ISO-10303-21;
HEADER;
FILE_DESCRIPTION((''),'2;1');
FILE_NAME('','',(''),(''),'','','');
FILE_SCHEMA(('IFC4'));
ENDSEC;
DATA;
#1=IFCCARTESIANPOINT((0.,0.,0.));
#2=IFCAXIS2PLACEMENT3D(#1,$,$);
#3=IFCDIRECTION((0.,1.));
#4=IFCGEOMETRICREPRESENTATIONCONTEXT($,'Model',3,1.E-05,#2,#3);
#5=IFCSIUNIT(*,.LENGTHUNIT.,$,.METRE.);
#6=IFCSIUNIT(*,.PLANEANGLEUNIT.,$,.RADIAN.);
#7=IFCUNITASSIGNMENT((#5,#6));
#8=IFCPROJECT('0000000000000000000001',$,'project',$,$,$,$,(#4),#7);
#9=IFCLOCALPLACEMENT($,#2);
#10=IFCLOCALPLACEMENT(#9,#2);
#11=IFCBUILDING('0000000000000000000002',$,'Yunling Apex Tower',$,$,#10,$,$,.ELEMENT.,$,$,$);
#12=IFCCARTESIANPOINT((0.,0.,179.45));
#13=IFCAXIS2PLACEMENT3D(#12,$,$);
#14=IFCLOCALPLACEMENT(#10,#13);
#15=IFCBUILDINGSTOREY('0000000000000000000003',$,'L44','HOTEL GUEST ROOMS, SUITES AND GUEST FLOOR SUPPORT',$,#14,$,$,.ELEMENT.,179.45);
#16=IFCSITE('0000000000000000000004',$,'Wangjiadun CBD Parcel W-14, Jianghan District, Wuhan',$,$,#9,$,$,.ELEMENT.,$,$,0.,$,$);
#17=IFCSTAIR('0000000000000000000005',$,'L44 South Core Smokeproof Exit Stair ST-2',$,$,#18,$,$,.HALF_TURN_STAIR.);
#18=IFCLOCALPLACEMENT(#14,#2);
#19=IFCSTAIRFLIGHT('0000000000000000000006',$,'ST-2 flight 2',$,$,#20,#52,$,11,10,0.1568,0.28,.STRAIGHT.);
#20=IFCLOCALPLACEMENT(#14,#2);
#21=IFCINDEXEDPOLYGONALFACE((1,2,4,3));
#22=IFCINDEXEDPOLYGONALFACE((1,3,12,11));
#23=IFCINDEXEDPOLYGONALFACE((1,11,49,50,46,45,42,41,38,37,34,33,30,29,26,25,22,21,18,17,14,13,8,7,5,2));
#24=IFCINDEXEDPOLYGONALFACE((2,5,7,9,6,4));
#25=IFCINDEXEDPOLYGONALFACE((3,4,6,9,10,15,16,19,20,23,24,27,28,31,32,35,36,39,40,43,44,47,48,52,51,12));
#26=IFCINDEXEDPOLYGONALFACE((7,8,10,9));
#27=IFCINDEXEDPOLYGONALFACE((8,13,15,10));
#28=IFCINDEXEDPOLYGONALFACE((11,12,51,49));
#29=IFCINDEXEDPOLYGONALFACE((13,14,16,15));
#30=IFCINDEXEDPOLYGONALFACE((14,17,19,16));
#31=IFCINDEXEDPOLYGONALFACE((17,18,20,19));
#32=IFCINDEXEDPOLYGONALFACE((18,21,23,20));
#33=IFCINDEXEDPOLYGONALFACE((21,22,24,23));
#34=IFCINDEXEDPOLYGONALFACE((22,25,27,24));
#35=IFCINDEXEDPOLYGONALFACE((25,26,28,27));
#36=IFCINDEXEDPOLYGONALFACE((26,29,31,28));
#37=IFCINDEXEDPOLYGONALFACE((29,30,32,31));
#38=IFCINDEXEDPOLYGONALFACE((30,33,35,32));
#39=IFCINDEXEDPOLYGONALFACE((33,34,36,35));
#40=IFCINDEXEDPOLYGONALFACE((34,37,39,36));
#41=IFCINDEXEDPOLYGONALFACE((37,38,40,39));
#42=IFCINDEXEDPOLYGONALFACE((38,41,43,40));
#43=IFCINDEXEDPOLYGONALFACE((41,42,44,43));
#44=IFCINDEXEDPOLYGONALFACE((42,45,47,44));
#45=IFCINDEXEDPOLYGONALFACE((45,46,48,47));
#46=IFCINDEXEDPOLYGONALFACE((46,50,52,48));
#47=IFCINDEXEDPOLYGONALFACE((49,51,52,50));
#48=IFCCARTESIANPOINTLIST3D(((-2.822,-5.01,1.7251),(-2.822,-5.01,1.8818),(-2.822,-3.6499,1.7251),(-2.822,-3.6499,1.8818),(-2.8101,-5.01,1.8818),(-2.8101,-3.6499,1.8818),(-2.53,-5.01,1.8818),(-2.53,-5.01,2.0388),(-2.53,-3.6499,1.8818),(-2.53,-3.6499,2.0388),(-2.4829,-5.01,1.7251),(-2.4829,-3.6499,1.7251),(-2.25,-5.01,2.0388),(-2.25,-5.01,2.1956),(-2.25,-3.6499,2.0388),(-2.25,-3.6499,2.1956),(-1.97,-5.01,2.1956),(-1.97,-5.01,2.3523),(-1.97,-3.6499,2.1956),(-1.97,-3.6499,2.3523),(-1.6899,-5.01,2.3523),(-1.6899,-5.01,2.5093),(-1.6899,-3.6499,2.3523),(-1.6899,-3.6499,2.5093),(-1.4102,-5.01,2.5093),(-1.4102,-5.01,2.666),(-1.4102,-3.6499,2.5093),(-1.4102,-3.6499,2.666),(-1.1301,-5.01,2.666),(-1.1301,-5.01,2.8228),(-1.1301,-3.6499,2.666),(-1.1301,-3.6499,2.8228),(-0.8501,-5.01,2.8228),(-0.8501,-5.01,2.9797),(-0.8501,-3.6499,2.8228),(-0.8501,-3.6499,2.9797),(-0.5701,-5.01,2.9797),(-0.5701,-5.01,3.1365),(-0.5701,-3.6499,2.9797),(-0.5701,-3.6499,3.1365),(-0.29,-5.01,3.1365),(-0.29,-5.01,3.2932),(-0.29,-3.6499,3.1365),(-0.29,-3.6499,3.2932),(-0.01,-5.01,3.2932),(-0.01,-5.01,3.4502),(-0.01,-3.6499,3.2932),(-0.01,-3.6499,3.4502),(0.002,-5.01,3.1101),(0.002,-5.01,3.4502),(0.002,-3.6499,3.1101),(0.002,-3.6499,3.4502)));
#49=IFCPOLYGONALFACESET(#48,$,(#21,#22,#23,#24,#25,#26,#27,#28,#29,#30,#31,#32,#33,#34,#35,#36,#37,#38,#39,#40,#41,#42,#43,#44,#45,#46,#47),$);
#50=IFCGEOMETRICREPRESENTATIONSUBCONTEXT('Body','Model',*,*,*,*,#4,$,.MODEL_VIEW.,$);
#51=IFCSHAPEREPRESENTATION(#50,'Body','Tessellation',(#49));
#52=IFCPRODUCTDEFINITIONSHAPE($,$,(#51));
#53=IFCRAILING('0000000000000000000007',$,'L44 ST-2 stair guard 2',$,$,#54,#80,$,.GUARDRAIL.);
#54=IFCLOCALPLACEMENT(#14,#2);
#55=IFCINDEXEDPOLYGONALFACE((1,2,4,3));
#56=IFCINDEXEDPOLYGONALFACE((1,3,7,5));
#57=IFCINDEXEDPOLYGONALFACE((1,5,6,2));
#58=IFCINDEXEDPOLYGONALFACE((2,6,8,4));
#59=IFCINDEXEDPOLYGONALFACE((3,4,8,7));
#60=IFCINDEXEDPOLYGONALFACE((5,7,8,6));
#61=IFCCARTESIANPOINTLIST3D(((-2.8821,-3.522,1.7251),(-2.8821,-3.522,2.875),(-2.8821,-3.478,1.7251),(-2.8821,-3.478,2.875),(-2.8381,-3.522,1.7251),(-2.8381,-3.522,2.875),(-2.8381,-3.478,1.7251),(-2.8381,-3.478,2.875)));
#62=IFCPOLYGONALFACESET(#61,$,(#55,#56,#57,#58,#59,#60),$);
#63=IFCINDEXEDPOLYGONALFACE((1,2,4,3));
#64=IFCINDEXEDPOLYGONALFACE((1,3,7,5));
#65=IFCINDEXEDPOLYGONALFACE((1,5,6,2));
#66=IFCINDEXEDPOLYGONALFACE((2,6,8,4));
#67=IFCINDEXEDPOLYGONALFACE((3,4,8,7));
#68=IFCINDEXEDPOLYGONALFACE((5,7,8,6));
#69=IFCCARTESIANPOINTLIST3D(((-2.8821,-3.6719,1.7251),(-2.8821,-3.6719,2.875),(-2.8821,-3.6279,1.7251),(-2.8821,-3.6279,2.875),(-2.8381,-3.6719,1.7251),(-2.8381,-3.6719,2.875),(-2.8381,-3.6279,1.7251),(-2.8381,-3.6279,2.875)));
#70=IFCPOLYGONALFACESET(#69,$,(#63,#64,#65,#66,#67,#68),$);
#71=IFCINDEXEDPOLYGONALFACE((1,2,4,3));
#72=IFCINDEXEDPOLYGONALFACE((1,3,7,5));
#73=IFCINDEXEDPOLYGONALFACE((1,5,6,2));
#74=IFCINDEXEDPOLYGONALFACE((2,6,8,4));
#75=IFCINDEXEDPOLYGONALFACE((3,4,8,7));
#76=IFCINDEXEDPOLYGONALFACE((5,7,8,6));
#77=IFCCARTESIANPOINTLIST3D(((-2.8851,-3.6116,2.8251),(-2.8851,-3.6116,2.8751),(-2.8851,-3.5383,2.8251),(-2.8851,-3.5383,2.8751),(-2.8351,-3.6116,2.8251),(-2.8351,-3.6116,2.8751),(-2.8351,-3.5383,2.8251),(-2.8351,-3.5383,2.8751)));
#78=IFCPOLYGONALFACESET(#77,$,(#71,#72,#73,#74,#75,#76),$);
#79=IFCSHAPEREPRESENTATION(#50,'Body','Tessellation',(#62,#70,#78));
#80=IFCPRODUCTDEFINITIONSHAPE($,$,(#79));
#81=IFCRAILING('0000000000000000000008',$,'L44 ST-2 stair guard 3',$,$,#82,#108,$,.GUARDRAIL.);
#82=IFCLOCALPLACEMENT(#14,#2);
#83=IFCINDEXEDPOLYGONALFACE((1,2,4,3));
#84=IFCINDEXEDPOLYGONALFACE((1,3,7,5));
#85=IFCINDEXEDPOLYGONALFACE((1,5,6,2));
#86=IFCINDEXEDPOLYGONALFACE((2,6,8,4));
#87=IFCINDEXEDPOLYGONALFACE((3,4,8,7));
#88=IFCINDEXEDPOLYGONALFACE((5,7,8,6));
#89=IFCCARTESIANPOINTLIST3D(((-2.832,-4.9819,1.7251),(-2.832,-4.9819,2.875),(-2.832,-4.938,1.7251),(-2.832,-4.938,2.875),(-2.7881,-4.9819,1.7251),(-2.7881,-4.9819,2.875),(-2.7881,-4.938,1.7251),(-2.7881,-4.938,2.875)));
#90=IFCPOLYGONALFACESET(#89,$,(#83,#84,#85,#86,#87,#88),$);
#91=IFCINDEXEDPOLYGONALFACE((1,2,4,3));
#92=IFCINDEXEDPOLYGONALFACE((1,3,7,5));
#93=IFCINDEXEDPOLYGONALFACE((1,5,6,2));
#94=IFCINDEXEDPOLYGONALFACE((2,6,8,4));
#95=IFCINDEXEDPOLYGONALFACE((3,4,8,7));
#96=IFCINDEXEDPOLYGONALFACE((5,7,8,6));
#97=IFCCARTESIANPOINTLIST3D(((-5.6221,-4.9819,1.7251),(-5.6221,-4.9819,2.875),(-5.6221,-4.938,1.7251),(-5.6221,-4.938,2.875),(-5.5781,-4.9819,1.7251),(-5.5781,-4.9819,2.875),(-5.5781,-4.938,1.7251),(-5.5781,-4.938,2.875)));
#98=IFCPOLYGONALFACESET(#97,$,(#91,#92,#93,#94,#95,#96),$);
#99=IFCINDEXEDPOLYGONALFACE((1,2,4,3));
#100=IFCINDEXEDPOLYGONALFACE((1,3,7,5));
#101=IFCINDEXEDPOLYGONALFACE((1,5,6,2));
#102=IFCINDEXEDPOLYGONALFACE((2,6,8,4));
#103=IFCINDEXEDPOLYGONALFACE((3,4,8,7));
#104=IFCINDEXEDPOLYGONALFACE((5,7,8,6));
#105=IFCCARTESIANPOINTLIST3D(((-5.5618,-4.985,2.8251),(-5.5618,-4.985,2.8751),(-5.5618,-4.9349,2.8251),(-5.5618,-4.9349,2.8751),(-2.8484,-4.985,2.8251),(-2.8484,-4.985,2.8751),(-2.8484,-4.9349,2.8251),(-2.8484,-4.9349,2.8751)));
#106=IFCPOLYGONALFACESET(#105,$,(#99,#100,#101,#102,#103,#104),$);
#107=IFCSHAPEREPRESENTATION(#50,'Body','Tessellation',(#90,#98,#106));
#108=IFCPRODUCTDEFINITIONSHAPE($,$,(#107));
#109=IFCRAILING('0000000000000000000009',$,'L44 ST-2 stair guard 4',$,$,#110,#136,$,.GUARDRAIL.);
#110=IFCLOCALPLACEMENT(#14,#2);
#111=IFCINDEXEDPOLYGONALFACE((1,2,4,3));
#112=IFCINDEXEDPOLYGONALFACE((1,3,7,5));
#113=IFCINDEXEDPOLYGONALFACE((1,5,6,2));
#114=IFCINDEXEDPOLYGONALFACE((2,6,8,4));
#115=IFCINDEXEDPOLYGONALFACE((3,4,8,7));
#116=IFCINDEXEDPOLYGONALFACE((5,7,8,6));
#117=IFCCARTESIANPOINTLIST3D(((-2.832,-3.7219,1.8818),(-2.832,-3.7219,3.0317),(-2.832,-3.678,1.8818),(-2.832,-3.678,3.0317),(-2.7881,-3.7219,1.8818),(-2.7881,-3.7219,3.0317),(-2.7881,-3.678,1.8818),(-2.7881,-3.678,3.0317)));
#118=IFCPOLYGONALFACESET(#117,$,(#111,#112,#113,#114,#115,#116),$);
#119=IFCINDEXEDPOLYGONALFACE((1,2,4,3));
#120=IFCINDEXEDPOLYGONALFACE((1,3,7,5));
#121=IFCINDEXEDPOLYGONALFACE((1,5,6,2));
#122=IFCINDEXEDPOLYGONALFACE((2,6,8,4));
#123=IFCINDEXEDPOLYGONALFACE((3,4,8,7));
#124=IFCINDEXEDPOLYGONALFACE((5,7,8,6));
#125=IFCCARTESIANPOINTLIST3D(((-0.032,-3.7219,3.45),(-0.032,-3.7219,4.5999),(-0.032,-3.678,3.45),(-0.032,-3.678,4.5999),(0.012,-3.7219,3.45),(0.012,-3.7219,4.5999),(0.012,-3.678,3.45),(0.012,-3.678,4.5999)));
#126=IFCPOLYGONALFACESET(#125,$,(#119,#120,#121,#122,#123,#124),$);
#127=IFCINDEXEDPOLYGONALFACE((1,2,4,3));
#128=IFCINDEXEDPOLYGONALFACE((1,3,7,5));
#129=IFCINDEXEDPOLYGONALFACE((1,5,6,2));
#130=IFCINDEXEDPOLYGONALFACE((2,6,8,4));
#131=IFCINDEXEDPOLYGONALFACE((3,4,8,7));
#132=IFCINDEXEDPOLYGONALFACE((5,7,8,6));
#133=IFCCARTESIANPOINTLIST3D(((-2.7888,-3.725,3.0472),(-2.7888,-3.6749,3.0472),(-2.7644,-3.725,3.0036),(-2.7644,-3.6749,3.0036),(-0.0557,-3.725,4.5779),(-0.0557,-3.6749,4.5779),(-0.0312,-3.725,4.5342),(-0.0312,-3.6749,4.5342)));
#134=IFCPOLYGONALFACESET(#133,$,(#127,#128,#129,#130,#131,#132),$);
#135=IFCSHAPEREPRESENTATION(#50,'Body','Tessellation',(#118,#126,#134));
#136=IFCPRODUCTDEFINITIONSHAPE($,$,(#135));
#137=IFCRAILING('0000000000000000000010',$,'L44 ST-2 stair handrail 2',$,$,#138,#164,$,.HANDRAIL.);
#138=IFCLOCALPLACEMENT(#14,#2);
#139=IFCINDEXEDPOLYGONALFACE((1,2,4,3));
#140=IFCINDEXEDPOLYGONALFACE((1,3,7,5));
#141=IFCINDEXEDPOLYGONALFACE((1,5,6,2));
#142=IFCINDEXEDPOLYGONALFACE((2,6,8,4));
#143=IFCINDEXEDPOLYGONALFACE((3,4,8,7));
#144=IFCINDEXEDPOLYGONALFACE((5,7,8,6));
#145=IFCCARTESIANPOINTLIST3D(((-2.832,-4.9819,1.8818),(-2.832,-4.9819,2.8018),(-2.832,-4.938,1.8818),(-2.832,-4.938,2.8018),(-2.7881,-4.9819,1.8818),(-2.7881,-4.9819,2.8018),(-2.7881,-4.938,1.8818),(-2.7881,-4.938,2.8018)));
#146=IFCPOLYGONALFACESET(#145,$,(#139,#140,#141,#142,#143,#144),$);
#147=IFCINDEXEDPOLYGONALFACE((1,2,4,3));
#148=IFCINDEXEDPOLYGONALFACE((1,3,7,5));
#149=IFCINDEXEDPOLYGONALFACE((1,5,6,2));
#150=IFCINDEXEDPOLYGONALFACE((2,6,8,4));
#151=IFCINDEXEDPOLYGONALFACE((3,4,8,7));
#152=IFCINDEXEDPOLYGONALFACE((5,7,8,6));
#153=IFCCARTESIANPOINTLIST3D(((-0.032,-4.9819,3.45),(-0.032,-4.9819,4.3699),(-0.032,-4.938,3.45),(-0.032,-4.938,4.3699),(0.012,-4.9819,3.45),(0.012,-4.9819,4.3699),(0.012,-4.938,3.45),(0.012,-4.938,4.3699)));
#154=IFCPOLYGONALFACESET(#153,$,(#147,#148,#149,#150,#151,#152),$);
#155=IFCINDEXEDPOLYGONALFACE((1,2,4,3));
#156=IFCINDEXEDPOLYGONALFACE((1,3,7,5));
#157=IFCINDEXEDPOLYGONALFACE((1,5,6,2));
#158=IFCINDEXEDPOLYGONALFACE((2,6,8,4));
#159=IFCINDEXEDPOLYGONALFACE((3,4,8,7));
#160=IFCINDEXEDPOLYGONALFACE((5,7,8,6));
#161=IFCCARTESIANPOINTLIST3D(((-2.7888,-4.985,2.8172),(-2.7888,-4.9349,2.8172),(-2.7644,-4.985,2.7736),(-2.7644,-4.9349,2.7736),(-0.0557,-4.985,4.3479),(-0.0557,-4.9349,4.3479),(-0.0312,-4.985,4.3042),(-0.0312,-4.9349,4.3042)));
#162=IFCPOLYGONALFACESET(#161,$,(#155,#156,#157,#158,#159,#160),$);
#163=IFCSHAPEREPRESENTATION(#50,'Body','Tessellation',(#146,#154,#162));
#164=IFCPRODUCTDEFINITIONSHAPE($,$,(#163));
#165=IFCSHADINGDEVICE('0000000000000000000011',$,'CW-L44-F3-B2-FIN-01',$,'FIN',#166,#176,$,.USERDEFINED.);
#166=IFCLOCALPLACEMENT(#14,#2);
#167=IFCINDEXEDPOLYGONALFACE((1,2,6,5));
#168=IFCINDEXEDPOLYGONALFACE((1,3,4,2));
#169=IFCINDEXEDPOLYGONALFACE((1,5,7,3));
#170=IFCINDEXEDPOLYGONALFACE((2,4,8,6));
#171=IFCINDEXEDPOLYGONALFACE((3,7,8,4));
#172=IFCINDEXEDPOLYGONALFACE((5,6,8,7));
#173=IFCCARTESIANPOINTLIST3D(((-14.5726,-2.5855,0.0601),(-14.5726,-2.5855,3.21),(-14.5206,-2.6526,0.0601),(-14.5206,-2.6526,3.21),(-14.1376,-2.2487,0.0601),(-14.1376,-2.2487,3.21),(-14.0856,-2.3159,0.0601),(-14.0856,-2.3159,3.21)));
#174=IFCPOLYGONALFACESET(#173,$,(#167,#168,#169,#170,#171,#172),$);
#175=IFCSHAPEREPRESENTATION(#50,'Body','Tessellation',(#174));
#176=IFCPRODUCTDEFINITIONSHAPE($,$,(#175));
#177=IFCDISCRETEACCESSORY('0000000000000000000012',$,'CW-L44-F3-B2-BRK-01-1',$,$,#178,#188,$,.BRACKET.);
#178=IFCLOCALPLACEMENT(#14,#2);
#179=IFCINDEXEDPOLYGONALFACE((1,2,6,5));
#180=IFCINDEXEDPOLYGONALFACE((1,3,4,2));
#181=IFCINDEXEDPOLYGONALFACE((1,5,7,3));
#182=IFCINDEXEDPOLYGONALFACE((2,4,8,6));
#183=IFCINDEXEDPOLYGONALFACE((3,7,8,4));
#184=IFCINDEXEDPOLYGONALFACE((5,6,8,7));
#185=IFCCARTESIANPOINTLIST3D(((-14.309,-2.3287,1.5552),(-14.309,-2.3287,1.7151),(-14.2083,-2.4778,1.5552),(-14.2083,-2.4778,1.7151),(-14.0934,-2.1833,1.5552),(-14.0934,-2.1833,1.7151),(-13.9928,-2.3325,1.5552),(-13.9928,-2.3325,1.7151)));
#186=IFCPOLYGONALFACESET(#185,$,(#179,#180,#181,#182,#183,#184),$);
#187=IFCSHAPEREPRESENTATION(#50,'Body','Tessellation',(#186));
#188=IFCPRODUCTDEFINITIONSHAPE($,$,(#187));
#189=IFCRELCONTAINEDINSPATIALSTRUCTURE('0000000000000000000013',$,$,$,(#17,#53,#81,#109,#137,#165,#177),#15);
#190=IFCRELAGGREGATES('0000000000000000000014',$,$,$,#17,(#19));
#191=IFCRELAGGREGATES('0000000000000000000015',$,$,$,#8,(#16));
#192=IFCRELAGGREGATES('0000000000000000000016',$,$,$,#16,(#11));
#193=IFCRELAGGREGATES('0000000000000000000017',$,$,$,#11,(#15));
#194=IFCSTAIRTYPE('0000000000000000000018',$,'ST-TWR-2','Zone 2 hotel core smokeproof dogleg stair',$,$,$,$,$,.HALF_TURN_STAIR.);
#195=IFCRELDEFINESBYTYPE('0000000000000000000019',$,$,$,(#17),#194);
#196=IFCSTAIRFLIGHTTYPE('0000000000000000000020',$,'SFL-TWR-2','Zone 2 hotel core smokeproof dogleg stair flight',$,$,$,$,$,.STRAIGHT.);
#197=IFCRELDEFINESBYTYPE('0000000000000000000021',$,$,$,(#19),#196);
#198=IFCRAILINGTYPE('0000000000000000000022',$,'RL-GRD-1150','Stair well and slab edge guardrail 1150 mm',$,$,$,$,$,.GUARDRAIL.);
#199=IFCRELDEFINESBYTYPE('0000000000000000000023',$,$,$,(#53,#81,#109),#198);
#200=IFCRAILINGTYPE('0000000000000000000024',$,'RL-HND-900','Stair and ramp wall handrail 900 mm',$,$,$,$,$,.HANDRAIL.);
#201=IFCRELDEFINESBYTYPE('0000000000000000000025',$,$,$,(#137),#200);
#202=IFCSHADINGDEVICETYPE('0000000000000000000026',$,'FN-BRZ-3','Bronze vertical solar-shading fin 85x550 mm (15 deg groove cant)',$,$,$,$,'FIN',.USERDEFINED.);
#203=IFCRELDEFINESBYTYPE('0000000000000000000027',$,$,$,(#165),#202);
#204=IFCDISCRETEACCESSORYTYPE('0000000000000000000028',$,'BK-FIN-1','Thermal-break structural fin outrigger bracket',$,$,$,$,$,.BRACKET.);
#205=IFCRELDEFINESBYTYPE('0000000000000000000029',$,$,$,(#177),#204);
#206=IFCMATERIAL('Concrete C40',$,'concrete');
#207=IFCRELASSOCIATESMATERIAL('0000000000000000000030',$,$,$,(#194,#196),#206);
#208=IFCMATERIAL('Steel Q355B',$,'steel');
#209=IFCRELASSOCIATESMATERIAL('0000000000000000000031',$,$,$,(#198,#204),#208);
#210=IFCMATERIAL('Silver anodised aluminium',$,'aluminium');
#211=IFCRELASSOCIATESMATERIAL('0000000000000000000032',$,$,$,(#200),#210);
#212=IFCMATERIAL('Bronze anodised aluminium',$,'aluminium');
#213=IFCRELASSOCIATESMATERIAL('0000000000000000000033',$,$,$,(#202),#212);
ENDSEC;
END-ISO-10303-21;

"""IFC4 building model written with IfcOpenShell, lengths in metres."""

from ifc_helpers import new_model, si_unit, direction, frame, origin, origin_2d, place, context, subcontext, project, spatial, polyline, rectangle, outline, extrude, source, transform, mapped, material, material_profile, profile_set, type_object, element, aggregate, save


model = new_model("IFC4")

# Units and contexts
model_context = context("Model", 3, precision=1e-05, world=origin(), true_north=direction((0.0, 1.0)))
body_context = subcontext(model_context, "Body", "Model", "MODEL_VIEW")
ifc_project = project(units=[si_unit("LENGTHUNIT", "METRE"), si_unit("PLANEANGLEUNIT", "RADIAN")], contexts=[model_context])

# Site, building, storey
site_placement = place(None, origin())
site = spatial("IfcSite", under=ifc_project, at=site_placement, Name="Wangjiadun CBD Parcel W-14, Jianghan District, Wuhan", CompositionType="ELEMENT", RefElevation=0.0)
building_placement = place(site_placement, origin())
building = spatial("IfcBuilding", under=site, at=building_placement, Name="Yunling Apex Tower", CompositionType="ELEMENT")
storey_placement = place(building_placement, frame((0.0, 0.0, 179.45)))
storey = spatial("IfcBuildingStorey", under=building, at=storey_placement, Name="L44", Description="HOTEL GUEST ROOMS, SUITES AND GUEST FLOOR SUPPORT", CompositionType="ELEMENT", Elevation=179.45)

# Shared definitions
ifc_material_1 = material(Name="Steel Q355B", Category="steel")

# Shared definitions
ifc_material_2 = material(Name="Bronze anodised aluminium", Category="aluminium")

# Shared definitions
ifc_material_3 = material(Name="Concrete C40", Category="concrete")

# Stair, stair flight
stair_type = type_object("IfcStairType", Name="ST-TWR-2", Description="Zone 2 hotel core smokeproof dogleg stair", PredefinedType="HALF_TURN_STAIR", material=ifc_material_3)
stair_placement = place(storey_placement, origin())
stair = element("IfcStair", 1, at=stair_placement, inside=storey, type_object=stair_type, Name="L44 South Core Smokeproof Exit Stair ST-2", PredefinedType="HALF_TURN_STAIR")
stair_flight_type = type_object("IfcStairFlightType", Name="SFL-TWR-2", Description="Zone 2 hotel core smokeproof dogleg stair flight", PredefinedType="STRAIGHT", material=ifc_material_3)
stair_flight_placement = place(storey_placement, frame((-2.8101, -4.3301, 1.7251), z_axis=(0.0, 0.0, 1.0), x_axis=(1.0, 0.0, 0.0)))
stair_flight = element("IfcStairFlight", 2, at=stair_flight_placement, type_object=stair_flight_type, Name="ST-2 flight 2", NumberOfRisers=11, NumberOfTreads=10, PredefinedType="STRAIGHT", RiserHeight=0.1568, TreadLength=0.28, context=body_context, shape_type="SweptSolid", body=[
    extrude(outline(polyline([(-0.012, 0.0), (-0.012, 0.1567), (0.0, 0.1567), (0.28, 0.1567), (0.28, 0.3137), (0.5601, 0.3137), (0.5601, 0.4705), (0.8401, 0.4705), (0.8401, 0.6272), (1.1201, 0.6272), (1.1201, 0.7842), (1.3999, 0.7842), (1.3999, 0.9409), (1.6799, 0.9409), (1.6799, 1.0977), (1.96, 1.0977), (1.96, 1.2546), (2.24, 1.2546), (2.24, 1.4114), (2.52, 1.4114), (2.52, 1.5681), (2.8, 1.5681), (2.8, 1.7251), (2.812, 1.7251), (2.812, 1.385), (0.3271, 0.0), (-0.012, 0.0)])), frame((0.0, 0.6802, 0.0), z_axis=(0.0, -1.0, 0.0), x_axis=(1.0, 0.0, 0.0)), (0.0, 0.0, 1.0), 1.3601),
])
aggregate(stair, [stair_flight])

# Railings
railing_type_1 = type_object("IfcRailingType", Name="RL-GRD-1150", Description="Stair well and slab edge guardrail 1150 mm", PredefinedType="GUARDRAIL", material=ifc_material_1)
railing_1_placement = place(storey_placement, frame((-2.8601, -3.5, 1.7251)))
element("IfcRailing", 3, at=railing_1_placement, inside=storey, type_object=railing_type_1, Name="L44 ST-2 stair guard 2", PredefinedType="GUARDRAIL", context=body_context, shape_type="SweptSolid", body=[
    extrude(rectangle(XDim=0.0439, YDim=0.0439, at=origin_2d()), origin(), (0.0, 0.0, 1.0), 1.1499),
    extrude(rectangle(XDim=0.0439, YDim=0.0439, at=origin_2d()), frame((0.0, -0.1499, 0.0)), (0.0, 0.0, 1.0), 1.1499),
    extrude(rectangle(XDim=0.05, YDim=0.05, at=origin_2d()), frame((0.0, -0.0383, 1.125), z_axis=(0.0, -1.0, 0.0), x_axis=(1.0, 0.0, 0.0)), (0.0, 0.0, 1.0), 0.0732),
])
railing_2_placement = place(storey_placement, frame((-2.8101, -4.96, 1.7251)))
element("IfcRailing", 4, at=railing_2_placement, inside=storey, type_object=railing_type_1, Name="L44 ST-2 stair guard 3", PredefinedType="GUARDRAIL", context=body_context, shape_type="SweptSolid", body=[
    extrude(rectangle(XDim=0.0439, YDim=0.0439, at=origin_2d()), origin(), (0.0, 0.0, 1.0), 1.1499),
    extrude(rectangle(XDim=0.0439, YDim=0.0439, at=origin_2d()), frame((-2.79, 0.0, 0.0)), (0.0, 0.0, 1.0), 1.1499),
    extrude(rectangle(XDim=0.05, YDim=0.05, at=origin_2d()), frame((-0.0383, 0.0, 1.125), z_axis=(-1.0, 0.0, 0.0), x_axis=(0.0, -1.0, 0.0)), (0.0, 0.0, 1.0), 2.7134),
])
railing_3_placement = place(storey_placement, frame((-2.8101, -3.7, 1.8818)))
element("IfcRailing", 5, at=railing_3_placement, inside=storey, type_object=railing_type_1, Name="L44 ST-2 stair guard 4", PredefinedType="GUARDRAIL", context=body_context, shape_type="SweptSolid", body=[
    extrude(rectangle(XDim=0.0439, YDim=0.0439, at=origin_2d()), origin(), (0.0, 0.0, 1.0), 1.1499),
    extrude(rectangle(XDim=0.0439, YDim=0.0439, at=origin_2d()), frame((2.8, 0.0, 1.5681)), (0.0, 0.0, 1.0), 1.1499),
    extrude(rectangle(XDim=0.05, YDim=0.05, at=origin_2d()), frame((0.0334, 0.0, 1.1436), z_axis=(0.872494, 0.0, 0.488624), x_axis=(0.0, 1.0, 0.0)), (0.0, 0.0, 1.0), 3.1326),
])
ifc_material_4 = material(Name="Silver anodised aluminium", Category="aluminium")
railing_type_2 = type_object("IfcRailingType", Name="RL-HND-900", Description="Stair and ramp wall handrail 900 mm", PredefinedType="HANDRAIL", material=ifc_material_4)
railing_4_placement = place(storey_placement, frame((-2.8101, -4.96, 1.8818)))
element("IfcRailing", 6, at=railing_4_placement, inside=storey, type_object=railing_type_2, Name="L44 ST-2 stair handrail 2", PredefinedType="HANDRAIL", context=body_context, shape_type="SweptSolid", body=[
    extrude(rectangle(XDim=0.0439, YDim=0.0439, at=origin_2d()), origin(), (0.0, 0.0, 1.0), 0.9199),
    extrude(rectangle(XDim=0.0439, YDim=0.0439, at=origin_2d()), frame((2.8, 0.0, 1.5681)), (0.0, 0.0, 1.0), 0.9199),
    extrude(rectangle(XDim=0.05, YDim=0.05, at=origin_2d()), frame((0.0334, 0.0, 0.9136), z_axis=(0.872494, 0.0, 0.488624), x_axis=(0.0, 1.0, 0.0)), (0.0, 0.0, 1.0), 3.1326),
])

# Shading device
ifc_material_profile_1 = material_profile(ifc_material_2, rectangle(XDim=0.085, YDim=0.55, at=origin_2d()))
ifc_profile_set_1 = profile_set([ifc_material_profile_1], Name="Bronze anodised aluminium")
shading_device_type = type_object("IfcShadingDeviceType", Name="FN-BRZ-3", Description="Bronze vertical solar-shading fin 85x550 mm (15 deg groove cant)", ElementType="FIN", PredefinedType="USERDEFINED", material=ifc_profile_set_1)
shared_shape_1 = source(origin(), body_context, "Body", "SweptSolid", [
    extrude(rectangle(XDim=0.085, YDim=0.55, at=origin_2d()), origin(), (0.0, 0.0, 1.0), 3.1499),
])
shading_device_placement = place(storey_placement, frame((-14.3291, -2.4507, 0.0601), z_axis=(0.0, 0.0, 1.0), x_axis=(0.612217, -0.79069, 0.0)))
element("IfcShadingDevice", 7, at=shading_device_placement, inside=storey, type_object=shading_device_type, Name="CW-L44-F3-B2-FIN-01", ObjectType="FIN", PredefinedType="USERDEFINED", context=body_context, shape_type="MappedRepresentation", body=[
    mapped(shared_shape_1, transform((0.0, 0.0, 0.0), scale=1.0)),
])

# Discrete accessory
discrete_accessory_type = type_object("IfcDiscreteAccessoryType", Name="BK-FIN-1", Description="Thermal-break structural fin outrigger bracket", PredefinedType="BRACKET", material=ifc_material_1)
shared_shape_2 = source(origin(), body_context, "Body", "SweptSolid", [
    extrude(rectangle(XDim=0.1799, YDim=0.26, at=origin_2d()), origin(), (0.0, 0.0, 1.0), 0.1599),
])
discrete_accessory_placement = place(storey_placement, frame((-14.1509, -2.3306, 1.5552), z_axis=(0.0, 0.0, 1.0), x_axis=(0.559193, -0.829038, 0.0)))
element("IfcDiscreteAccessory", 8, at=discrete_accessory_placement, inside=storey, type_object=discrete_accessory_type, Name="CW-L44-F3-B2-BRK-01-1", PredefinedType="BRACKET", context=body_context, shape_type="MappedRepresentation", body=[
    mapped(shared_shape_2, transform((0.0, 0.0, 0.0), scale=1.0)),
])

save(model, "model.ifc")
